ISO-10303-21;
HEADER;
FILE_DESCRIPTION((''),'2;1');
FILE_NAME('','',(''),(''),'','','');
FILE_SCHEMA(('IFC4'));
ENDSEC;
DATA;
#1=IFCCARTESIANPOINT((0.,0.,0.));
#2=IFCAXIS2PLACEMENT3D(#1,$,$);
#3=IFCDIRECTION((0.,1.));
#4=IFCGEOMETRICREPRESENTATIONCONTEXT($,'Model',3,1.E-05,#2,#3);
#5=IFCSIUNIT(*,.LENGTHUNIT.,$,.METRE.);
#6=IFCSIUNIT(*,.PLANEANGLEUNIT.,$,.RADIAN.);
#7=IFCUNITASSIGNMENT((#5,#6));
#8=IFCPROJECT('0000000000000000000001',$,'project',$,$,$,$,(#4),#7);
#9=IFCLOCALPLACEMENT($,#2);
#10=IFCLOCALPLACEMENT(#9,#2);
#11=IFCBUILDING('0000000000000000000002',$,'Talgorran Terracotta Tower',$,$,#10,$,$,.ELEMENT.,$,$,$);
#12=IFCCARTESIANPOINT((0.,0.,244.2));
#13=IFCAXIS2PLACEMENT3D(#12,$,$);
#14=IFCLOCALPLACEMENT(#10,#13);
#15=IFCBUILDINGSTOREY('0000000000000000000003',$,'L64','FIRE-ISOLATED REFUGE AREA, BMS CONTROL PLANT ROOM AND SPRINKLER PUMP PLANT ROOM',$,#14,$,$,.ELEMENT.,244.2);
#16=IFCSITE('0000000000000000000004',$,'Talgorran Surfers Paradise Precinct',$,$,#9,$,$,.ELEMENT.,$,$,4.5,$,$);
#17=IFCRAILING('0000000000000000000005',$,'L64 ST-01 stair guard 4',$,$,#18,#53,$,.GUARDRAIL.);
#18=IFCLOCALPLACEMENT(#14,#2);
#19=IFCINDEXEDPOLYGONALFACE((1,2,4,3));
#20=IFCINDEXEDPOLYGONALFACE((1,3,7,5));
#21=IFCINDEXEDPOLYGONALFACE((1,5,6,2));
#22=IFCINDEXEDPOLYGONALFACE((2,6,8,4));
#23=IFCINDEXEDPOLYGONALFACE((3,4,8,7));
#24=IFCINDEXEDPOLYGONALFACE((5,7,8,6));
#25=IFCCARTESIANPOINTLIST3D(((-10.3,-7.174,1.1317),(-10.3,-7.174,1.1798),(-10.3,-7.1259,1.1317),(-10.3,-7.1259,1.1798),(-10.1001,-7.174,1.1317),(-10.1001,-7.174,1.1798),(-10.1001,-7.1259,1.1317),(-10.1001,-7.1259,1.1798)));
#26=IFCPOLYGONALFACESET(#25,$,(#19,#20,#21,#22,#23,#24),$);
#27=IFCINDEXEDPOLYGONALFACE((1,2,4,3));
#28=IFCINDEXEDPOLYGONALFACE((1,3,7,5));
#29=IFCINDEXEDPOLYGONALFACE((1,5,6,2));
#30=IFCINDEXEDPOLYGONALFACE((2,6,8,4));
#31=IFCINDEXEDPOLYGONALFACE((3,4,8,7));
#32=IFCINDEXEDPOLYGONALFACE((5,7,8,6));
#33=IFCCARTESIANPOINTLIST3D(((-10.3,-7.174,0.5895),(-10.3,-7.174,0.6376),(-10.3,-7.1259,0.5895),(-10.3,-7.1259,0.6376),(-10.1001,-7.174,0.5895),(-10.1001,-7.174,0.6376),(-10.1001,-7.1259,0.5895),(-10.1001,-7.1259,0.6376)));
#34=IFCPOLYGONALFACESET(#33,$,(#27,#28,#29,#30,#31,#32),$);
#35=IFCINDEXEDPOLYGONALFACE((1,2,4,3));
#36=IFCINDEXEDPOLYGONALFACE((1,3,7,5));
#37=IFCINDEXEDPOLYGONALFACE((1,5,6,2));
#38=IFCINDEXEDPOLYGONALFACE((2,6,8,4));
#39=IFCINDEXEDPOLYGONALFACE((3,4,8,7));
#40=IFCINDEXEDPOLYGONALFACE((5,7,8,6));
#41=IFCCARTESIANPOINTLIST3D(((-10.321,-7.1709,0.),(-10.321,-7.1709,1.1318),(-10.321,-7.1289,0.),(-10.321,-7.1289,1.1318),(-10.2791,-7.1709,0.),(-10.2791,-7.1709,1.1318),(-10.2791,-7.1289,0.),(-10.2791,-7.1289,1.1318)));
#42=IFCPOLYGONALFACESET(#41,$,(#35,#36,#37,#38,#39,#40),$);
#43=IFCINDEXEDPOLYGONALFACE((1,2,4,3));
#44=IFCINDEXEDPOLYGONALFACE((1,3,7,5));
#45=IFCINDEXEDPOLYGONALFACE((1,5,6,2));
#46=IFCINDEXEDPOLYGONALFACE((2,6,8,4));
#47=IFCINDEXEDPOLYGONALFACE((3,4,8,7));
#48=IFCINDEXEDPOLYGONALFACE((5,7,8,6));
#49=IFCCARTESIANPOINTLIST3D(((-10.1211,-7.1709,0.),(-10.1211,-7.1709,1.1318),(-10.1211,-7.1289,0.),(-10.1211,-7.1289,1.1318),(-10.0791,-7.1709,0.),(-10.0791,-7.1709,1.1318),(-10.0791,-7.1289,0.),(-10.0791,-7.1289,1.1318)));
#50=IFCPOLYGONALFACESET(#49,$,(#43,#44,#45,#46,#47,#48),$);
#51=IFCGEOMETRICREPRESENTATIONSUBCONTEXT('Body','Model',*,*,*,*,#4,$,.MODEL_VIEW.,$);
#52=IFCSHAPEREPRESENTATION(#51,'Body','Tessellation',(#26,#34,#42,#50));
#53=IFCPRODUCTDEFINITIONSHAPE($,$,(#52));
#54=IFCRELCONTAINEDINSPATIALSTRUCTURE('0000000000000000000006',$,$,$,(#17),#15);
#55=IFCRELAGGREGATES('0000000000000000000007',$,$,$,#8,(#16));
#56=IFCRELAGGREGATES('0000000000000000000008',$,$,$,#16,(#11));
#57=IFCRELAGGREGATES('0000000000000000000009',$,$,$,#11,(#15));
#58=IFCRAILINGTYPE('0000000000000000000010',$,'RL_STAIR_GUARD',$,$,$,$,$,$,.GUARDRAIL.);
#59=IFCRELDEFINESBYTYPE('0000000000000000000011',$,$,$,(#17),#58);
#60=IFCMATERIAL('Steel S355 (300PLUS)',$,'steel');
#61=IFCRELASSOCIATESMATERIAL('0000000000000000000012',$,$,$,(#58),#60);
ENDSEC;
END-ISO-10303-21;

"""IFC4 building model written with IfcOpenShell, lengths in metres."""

from ifc_helpers import new_model, si_unit, direction, frame, origin, origin_2d, place, context, subcontext, project, spatial, rectangle, extrude, material, type_object, element, save


model = new_model("IFC4")

# Units and contexts
model_context = context("Model", 3, precision=1e-05, world=origin(), true_north=direction((0.0, 1.0)))
body_context = subcontext(model_context, "Body", "Model", "MODEL_VIEW")
ifc_project = project(units=[si_unit("LENGTHUNIT", "METRE"), si_unit("PLANEANGLEUNIT", "RADIAN")], contexts=[model_context])

# Site, building, storey
site_placement = place(None, origin())
site = spatial("IfcSite", under=ifc_project, at=site_placement, Name="Talgorran Surfers Paradise Precinct", CompositionType="ELEMENT", RefElevation=4.5)
building_placement = place(site_placement, origin())
building = spatial("IfcBuilding", under=site, at=building_placement, Name="Talgorran Terracotta Tower", CompositionType="ELEMENT")
storey_placement = place(building_placement, frame((0.0, 0.0, 244.2)))
storey = spatial("IfcBuildingStorey", under=building, at=storey_placement, Name="L64", Description="FIRE-ISOLATED REFUGE AREA, BMS CONTROL PLANT ROOM AND SPRINKLER PUMP PLANT ROOM", CompositionType="ELEMENT", Elevation=244.2)

# Shared definitions
ifc_material_1 = material(Name="Steel S355 (300PLUS)", Category="steel")

# Railing
railing_type_1 = type_object("IfcRailingType", Name="RL_STAIR_GUARD", PredefinedType="GUARDRAIL", material=ifc_material_1)
railing_1_placement = place(storey_placement, frame((-10.3, -7.1499, 0.0)))
element("IfcRailing", 1, at=railing_1_placement, inside=storey, type_object=railing_type_1, Name="L64 ST-01 stair guard 4", PredefinedType="GUARDRAIL", context=body_context, shape_type="SweptSolid", body=[
    extrude(rectangle(XDim=0.0481, YDim=0.0481, at=origin_2d()), frame((0.0, 0.0, 1.1558), z_axis=(1.0, 0.0, 0.0), x_axis=(0.0, 1.0, 0.0)), (0.0, 0.0, 1.0), 0.2),
    extrude(rectangle(XDim=0.0481, YDim=0.0481, at=origin_2d()), frame((0.0, 0.0, 0.6135), z_axis=(1.0, 0.0, 0.0), x_axis=(0.0, 1.0, 0.0)), (0.0, 0.0, 1.0), 0.2),
    extrude(rectangle(XDim=0.042, YDim=0.042, at=origin_2d()), origin(), (0.0, 0.0, 1.0), 1.1318),
    extrude(rectangle(XDim=0.042, YDim=0.042, at=origin_2d()), frame((0.2, 0.0, 0.0)), (0.0, 0.0, 1.0), 1.1318),
])

save(model, "model.ifc")
